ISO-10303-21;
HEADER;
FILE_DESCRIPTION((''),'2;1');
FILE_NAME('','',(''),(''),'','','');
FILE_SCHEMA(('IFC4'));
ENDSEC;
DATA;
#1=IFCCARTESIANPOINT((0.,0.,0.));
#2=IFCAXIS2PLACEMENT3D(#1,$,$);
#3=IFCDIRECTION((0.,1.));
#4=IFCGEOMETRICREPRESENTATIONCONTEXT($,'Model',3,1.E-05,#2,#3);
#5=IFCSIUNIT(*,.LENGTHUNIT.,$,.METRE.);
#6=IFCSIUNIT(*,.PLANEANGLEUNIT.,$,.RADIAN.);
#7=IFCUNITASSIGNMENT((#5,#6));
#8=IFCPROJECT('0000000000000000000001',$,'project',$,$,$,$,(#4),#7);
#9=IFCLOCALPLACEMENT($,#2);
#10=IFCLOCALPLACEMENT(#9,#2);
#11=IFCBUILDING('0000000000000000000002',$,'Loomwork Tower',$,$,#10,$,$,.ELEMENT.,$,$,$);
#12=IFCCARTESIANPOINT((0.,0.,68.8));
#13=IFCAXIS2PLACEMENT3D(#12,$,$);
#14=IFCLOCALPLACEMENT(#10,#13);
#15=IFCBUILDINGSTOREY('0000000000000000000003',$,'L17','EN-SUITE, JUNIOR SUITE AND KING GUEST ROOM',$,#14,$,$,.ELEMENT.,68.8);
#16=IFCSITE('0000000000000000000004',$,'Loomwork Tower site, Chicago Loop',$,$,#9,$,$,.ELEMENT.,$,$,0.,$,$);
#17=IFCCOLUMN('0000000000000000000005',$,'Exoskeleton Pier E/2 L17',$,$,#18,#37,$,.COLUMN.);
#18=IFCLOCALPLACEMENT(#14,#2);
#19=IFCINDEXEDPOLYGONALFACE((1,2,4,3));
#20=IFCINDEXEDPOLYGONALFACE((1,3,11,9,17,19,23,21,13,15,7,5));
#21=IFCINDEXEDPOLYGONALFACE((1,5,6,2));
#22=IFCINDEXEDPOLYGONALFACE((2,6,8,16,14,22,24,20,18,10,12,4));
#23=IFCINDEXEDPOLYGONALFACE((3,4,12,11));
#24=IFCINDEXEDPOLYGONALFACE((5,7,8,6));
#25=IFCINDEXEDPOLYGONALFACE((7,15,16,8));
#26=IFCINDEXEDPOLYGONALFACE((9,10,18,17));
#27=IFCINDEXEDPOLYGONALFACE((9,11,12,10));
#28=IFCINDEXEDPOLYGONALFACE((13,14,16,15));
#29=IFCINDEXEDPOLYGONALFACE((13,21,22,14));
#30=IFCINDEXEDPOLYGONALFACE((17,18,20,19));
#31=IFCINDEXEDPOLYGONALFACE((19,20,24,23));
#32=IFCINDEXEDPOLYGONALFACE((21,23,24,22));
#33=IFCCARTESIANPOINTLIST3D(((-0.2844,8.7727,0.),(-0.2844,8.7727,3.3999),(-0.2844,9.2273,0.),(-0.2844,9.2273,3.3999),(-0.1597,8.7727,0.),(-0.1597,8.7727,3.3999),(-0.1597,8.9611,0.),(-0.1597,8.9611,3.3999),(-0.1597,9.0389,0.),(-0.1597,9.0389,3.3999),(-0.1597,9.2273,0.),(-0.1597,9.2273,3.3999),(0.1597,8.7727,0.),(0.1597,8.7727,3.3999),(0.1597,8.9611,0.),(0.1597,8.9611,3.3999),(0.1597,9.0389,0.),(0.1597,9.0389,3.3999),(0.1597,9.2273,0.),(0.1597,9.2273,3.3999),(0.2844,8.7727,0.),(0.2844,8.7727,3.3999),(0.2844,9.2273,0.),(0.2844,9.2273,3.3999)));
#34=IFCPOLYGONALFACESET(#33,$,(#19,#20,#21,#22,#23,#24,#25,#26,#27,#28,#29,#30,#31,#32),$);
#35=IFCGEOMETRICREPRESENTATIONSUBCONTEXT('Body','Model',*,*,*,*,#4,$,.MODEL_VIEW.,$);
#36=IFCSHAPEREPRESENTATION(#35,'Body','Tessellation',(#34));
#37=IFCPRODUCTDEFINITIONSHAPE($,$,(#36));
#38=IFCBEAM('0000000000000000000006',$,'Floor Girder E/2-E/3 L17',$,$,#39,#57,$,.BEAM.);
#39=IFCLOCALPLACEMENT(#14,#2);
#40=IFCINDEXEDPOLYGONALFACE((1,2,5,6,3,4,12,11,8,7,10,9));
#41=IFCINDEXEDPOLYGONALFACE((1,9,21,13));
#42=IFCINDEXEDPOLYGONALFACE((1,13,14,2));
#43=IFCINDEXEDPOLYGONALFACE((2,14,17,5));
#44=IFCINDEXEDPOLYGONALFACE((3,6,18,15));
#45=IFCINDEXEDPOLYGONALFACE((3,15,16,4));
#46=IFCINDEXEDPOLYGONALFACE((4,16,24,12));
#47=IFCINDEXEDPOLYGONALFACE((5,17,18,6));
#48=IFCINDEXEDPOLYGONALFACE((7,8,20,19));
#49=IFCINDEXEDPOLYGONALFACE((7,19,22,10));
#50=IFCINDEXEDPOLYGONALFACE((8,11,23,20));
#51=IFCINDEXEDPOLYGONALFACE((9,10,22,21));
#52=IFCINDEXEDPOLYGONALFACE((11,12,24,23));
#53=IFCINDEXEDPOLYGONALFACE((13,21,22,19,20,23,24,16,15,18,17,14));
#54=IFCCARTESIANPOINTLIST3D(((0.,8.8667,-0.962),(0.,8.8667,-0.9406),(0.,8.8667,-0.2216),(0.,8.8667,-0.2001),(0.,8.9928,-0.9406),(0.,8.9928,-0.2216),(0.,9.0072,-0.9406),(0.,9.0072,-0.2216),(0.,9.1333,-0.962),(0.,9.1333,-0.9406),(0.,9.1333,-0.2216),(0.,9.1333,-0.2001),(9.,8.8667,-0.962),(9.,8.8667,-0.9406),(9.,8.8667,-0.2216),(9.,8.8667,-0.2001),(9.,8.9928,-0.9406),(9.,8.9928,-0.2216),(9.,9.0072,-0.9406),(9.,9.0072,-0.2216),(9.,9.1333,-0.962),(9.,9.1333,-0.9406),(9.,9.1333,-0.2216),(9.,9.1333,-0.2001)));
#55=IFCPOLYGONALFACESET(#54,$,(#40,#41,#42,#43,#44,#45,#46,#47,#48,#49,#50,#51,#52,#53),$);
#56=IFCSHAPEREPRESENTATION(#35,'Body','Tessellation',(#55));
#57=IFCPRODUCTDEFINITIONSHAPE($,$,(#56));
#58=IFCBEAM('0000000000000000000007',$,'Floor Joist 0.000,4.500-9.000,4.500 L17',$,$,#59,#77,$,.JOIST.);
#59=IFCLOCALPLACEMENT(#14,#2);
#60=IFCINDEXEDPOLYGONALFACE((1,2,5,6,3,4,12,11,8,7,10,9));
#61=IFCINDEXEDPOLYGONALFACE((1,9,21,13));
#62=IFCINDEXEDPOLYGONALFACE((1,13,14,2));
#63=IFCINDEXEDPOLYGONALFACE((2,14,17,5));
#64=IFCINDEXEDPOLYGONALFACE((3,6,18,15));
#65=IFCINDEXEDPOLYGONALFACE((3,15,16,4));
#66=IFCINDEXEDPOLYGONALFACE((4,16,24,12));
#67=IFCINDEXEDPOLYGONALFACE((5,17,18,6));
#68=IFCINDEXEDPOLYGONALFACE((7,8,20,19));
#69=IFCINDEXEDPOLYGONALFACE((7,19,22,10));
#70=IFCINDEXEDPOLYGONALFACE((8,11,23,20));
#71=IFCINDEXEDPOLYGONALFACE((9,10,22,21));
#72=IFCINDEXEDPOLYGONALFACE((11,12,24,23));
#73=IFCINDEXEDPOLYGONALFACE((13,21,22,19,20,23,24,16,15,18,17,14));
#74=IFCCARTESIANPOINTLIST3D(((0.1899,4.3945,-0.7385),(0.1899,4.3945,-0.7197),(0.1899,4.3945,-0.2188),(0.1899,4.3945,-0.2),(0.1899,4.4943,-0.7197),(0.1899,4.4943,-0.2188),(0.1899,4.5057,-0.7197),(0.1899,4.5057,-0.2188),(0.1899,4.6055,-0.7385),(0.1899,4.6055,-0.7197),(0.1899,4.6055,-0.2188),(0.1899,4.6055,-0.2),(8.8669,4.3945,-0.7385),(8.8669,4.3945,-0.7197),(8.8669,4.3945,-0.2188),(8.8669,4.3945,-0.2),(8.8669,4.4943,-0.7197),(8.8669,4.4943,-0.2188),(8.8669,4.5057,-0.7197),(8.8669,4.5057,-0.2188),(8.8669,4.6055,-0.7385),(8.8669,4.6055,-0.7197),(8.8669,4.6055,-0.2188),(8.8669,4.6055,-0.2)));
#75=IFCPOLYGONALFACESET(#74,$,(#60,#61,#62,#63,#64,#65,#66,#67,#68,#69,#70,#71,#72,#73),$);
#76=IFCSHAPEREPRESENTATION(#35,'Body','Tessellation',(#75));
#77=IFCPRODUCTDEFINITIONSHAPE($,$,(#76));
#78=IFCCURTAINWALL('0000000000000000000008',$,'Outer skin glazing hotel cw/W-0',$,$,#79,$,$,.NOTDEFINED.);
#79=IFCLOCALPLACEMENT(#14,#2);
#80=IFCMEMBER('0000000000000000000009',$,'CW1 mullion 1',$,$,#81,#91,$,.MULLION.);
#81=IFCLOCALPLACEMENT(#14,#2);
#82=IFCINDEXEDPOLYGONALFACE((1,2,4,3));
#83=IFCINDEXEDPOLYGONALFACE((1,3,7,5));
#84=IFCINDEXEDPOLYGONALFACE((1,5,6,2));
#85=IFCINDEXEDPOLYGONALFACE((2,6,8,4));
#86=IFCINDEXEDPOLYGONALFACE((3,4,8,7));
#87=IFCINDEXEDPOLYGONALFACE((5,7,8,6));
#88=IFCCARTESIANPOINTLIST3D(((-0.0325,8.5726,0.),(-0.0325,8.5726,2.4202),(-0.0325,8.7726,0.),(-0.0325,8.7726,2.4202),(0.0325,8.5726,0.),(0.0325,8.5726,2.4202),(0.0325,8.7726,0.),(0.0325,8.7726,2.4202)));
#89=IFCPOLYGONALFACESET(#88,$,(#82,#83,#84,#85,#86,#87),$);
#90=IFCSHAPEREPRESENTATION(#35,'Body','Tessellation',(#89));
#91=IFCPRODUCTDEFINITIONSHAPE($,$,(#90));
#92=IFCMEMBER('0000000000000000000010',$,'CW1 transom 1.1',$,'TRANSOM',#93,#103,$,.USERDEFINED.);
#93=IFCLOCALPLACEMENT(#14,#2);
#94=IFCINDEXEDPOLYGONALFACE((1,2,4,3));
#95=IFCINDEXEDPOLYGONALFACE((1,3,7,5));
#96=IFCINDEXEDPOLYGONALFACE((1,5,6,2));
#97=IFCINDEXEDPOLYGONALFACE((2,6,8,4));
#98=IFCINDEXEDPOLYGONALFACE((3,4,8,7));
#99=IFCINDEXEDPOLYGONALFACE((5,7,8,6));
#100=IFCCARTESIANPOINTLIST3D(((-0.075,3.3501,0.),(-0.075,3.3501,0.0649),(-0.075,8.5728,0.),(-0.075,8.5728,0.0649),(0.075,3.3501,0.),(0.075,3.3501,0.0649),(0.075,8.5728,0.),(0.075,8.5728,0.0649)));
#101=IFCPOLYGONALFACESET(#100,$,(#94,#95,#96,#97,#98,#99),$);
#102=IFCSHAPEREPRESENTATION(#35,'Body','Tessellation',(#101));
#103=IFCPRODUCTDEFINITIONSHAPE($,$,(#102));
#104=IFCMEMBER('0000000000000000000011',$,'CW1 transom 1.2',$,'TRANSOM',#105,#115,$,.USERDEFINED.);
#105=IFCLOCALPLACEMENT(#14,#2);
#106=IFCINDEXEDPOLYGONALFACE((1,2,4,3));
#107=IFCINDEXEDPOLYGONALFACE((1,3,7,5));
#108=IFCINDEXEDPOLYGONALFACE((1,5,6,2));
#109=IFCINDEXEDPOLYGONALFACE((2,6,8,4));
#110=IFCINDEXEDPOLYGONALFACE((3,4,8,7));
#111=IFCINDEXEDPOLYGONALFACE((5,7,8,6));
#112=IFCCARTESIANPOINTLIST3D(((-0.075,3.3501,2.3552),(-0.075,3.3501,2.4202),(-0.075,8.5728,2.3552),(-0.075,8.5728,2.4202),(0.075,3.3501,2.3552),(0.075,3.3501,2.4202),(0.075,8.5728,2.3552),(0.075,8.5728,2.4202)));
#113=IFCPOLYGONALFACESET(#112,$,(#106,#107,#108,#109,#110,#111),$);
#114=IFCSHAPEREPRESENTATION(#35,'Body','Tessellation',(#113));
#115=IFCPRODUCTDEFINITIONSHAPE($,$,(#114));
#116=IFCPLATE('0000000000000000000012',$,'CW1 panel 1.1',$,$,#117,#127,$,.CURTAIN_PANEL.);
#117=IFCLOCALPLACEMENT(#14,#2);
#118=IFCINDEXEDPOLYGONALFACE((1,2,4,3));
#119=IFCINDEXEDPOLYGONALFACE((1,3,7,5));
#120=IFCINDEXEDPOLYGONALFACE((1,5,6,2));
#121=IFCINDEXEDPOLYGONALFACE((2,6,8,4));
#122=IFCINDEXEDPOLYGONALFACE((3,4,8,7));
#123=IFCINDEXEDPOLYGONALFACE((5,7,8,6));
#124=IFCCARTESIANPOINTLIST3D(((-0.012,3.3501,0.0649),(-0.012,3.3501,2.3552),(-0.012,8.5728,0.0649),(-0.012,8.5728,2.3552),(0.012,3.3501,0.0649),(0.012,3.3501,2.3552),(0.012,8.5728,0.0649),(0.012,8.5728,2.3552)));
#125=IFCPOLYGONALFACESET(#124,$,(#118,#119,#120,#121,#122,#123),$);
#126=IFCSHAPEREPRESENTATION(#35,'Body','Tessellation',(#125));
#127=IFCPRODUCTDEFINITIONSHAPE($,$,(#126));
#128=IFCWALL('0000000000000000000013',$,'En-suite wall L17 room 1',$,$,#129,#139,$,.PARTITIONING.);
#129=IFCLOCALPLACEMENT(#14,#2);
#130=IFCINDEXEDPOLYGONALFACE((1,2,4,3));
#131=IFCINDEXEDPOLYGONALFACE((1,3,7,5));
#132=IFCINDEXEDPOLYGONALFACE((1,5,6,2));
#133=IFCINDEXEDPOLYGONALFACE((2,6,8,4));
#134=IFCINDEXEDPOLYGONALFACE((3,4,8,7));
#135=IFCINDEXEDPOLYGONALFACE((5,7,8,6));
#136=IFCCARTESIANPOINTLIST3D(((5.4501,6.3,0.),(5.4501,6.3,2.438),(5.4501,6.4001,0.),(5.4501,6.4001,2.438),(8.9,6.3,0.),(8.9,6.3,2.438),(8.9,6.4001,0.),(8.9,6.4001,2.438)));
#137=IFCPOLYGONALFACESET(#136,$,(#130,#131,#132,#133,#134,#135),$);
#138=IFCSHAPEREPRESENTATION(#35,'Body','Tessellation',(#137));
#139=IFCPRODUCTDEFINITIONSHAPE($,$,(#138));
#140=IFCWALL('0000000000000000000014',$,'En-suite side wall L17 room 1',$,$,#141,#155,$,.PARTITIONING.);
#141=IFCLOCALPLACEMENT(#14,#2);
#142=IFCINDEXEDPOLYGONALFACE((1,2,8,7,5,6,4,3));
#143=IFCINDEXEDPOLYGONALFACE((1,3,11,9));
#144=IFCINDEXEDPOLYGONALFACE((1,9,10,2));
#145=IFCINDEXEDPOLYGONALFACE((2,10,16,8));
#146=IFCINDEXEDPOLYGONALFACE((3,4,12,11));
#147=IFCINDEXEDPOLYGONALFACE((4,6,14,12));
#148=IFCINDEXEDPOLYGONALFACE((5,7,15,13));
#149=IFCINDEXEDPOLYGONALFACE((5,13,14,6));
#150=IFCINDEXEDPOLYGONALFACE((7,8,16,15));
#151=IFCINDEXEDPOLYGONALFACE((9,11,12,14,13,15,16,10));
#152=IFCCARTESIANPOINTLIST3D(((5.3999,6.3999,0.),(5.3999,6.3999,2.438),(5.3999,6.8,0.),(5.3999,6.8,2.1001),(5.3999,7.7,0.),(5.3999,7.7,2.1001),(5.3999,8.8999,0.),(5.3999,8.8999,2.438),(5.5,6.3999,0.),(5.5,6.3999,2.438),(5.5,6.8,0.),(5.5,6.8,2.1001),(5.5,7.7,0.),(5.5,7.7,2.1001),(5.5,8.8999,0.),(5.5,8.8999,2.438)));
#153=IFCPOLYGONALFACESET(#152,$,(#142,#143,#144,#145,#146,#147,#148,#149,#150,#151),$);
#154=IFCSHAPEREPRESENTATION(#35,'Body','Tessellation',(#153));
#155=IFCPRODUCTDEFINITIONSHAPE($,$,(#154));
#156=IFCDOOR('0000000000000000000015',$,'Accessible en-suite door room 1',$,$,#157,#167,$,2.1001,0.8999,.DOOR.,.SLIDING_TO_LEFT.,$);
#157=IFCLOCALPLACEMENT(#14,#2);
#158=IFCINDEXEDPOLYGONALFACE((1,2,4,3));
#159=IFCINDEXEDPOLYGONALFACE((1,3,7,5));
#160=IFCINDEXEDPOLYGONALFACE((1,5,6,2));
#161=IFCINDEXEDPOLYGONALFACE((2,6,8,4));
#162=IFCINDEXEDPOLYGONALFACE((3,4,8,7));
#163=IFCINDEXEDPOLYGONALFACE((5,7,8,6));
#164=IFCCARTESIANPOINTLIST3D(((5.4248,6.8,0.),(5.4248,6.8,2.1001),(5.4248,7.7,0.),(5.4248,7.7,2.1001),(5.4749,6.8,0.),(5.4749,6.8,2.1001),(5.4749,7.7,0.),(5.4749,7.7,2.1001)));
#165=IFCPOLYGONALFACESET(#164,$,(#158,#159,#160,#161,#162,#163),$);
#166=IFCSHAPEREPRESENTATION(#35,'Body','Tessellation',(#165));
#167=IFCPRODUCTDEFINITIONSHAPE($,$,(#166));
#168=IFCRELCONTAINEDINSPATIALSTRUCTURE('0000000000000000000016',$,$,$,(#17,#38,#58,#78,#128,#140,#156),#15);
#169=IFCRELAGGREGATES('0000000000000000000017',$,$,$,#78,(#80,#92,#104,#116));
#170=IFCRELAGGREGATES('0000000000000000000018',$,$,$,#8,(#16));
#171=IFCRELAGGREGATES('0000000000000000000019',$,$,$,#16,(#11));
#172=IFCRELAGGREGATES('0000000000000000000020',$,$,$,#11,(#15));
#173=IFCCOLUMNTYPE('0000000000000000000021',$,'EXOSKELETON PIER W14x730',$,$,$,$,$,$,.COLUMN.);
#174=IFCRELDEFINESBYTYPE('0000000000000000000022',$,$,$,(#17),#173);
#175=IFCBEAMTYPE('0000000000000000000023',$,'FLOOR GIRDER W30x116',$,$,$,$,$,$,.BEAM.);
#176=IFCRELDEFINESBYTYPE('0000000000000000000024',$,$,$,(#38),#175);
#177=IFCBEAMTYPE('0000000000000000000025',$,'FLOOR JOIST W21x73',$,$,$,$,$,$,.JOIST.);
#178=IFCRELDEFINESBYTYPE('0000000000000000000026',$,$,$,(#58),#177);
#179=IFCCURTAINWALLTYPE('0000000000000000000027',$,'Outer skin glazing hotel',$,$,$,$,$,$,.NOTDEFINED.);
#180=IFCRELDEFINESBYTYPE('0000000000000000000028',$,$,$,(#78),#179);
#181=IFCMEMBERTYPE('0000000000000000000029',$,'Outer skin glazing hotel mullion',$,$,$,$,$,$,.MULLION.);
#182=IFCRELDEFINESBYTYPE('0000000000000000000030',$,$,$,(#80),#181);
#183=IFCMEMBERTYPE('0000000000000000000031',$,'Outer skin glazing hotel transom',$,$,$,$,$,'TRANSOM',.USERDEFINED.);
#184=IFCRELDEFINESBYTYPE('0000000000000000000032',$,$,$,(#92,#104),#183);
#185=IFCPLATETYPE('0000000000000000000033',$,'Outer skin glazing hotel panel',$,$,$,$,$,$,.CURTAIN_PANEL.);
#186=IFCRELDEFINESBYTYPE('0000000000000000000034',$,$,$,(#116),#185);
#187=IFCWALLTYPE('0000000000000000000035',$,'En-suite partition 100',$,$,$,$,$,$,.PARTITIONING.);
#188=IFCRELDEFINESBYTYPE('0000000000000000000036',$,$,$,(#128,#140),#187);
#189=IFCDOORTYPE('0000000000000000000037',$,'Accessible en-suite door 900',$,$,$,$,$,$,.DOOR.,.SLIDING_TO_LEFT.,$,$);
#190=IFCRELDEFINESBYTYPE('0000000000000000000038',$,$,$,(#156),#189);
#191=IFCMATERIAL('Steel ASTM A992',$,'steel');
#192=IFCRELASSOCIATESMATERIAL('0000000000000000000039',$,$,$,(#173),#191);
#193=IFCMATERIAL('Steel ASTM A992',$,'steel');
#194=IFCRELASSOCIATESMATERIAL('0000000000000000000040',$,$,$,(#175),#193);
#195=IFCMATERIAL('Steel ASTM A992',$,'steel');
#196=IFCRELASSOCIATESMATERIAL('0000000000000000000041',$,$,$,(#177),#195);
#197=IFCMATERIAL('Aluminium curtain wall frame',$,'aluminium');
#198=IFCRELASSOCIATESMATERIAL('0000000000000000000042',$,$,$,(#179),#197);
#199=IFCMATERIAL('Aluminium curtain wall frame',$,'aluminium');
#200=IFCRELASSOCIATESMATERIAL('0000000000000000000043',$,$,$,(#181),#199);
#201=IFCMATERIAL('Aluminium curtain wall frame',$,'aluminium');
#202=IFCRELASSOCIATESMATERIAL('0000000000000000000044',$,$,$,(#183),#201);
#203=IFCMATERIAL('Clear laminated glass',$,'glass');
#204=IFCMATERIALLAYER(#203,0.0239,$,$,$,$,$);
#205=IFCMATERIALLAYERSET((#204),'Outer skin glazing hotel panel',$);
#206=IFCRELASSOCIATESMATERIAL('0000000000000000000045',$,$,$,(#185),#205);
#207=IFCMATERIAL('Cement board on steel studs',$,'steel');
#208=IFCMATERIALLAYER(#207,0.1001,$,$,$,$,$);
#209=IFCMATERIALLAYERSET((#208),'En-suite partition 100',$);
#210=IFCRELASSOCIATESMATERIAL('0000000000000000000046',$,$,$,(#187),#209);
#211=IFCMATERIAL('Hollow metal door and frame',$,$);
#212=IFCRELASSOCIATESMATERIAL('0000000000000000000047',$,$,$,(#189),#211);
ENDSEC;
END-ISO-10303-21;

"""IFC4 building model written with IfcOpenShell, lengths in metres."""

from ifc_helpers import new_model, si_unit, direction, frame, frame_2d, origin, origin_2d, place, context, subcontext, project, spatial, rectangle, i_section, extrude, material, layer, layer_set, material_profile, profile_set, type_object, element, fill, aggregate, save


model = new_model("IFC4")

# Units and contexts
model_context = context("Model", 3, precision=1e-05, world=origin(), true_north=direction((0.0, 1.0)))
body_context = subcontext(model_context, "Body", "Model", "MODEL_VIEW")
ifc_project = project(units=[si_unit("LENGTHUNIT", "METRE"), si_unit("PLANEANGLEUNIT", "RADIAN")], contexts=[model_context])

# Site, building, storey
site_placement = place(None, origin())
site = spatial("IfcSite", under=ifc_project, at=site_placement, Name="Loomwork Tower site, Chicago Loop", CompositionType="ELEMENT", RefElevation=0.0)
building_placement = place(site_placement, origin())
building = spatial("IfcBuilding", under=site, at=building_placement, Name="Loomwork Tower", CompositionType="ELEMENT")
storey_placement = place(building_placement, frame((0.0, 0.0, 68.8)))
storey = spatial("IfcBuildingStorey", under=building, at=storey_placement, Name="L17", Description="EN-SUITE, JUNIOR SUITE AND KING GUEST ROOM", CompositionType="ELEMENT", Elevation=68.8)

# Column
ifc_material_1 = material(Name="Steel ASTM A992", Category="steel")
ifc_material_profile_1 = material_profile(ifc_material_1, i_section(OverallWidth=0.4546, OverallDepth=0.5688, WebThickness=0.0779, FlangeThickness=0.1248, at=origin_2d()), Name="W14x730")
ifc_profile_set_1 = profile_set([ifc_material_profile_1], Name="Steel ASTM A992")
column_type = type_object("IfcColumnType", Name="EXOSKELETON PIER W14x730", PredefinedType="COLUMN", material=ifc_profile_set_1)
column_placement = place(storey_placement, frame((0.0, 9.0, 0.0), z_axis=(0.0, 0.0, 1.0), x_axis=(0.0, 1.0, 0.0)))
element("IfcColumn", 1, at=column_placement, inside=storey, type_object=column_type, Name="Exoskeleton Pier E/2 L17", PredefinedType="COLUMN", context=body_context, shape_type="SweptSolid", body=[
    extrude(i_section(OverallWidth=0.4546, OverallDepth=0.5688, WebThickness=0.0779, FlangeThickness=0.1248, at=origin_2d()), origin(), (0.0, 0.0, 1.0), 3.3999),
])

# Beams
ifc_material_2 = material(Name="Steel ASTM A992", Category="steel")
ifc_material_profile_2 = material_profile(ifc_material_2, i_section(OverallWidth=0.2666, OverallDepth=0.762, WebThickness=0.0144, FlangeThickness=0.0215, at=origin_2d()), Name="W30x116")
ifc_profile_set_2 = profile_set([ifc_material_profile_2], Name="Steel ASTM A992")
beam_type_1 = type_object("IfcBeamType", Name="FLOOR GIRDER W30x116", PredefinedType="BEAM", material=ifc_profile_set_2)
beam_1_placement = place(storey_placement, frame((0.0, 9.0, -0.5811), z_axis=(1.0, 0.0, 0.0), x_axis=(0.0, 1.0, 0.0)))
element("IfcBeam", 2, at=beam_1_placement, inside=storey, type_object=beam_type_1, Name="Floor Girder E/2-E/3 L17", PredefinedType="BEAM", context=body_context, shape_type="SweptSolid", body=[
    extrude(i_section(OverallWidth=0.2666, OverallDepth=0.762, WebThickness=0.0144, FlangeThickness=0.0215, at=origin_2d()), origin(), (0.0, 0.0, 1.0), 9.0),
])
ifc_material_3 = material(Name="Steel ASTM A992", Category="steel")
ifc_material_profile_3 = material_profile(ifc_material_3, i_section(OverallWidth=0.2109, OverallDepth=0.5386, WebThickness=0.0115, FlangeThickness=0.0188, at=origin_2d()), Name="W21x73")
ifc_profile_set_3 = profile_set([ifc_material_profile_3], Name="Steel ASTM A992")
beam_type_2 = type_object("IfcBeamType", Name="FLOOR JOIST W21x73", PredefinedType="JOIST", material=ifc_profile_set_3)
beam_2_placement = place(storey_placement, frame((0.1899, 4.5, -0.4692), z_axis=(1.0, 0.0, 0.0), x_axis=(0.0, 1.0, 0.0)))
element("IfcBeam", 3, at=beam_2_placement, inside=storey, type_object=beam_type_2, Name="Floor Joist 0.000,4.500-9.000,4.500 L17", PredefinedType="JOIST", context=body_context, shape_type="SweptSolid", body=[
    extrude(i_section(OverallWidth=0.2109, OverallDepth=0.5386, WebThickness=0.0115, FlangeThickness=0.0188, at=origin_2d()), origin(), (0.0, 0.0, 1.0), 8.677),
])

# Curtain wall, members, plate
ifc_material_4 = material(Name="Aluminium curtain wall frame", Category="aluminium")
curtain_wall_type = type_object("IfcCurtainWallType", Name="Outer skin glazing hotel", PredefinedType="NOTDEFINED", material=ifc_material_4)
curtain_wall_placement = place(storey_placement, origin())
curtain_wall = element("IfcCurtainWall", 4, at=curtain_wall_placement, inside=storey, type_object=curtain_wall_type, Name="Outer skin glazing hotel cw/W-0", PredefinedType="NOTDEFINED")
ifc_material_5 = material(Name="Aluminium curtain wall frame", Category="aluminium")
ifc_material_profile_4 = material_profile(ifc_material_5, rectangle(XDim=0.0649, YDim=0.2, at=origin_2d()), Name="AL 65x200")
ifc_profile_set_4 = profile_set([ifc_material_profile_4], Name="Aluminium curtain wall frame")
member_type_1 = type_object("IfcMemberType", Name="Outer skin glazing hotel mullion", PredefinedType="MULLION", material=ifc_profile_set_4)
member_1_placement = place(storey_placement, frame((0.0, 8.6726, 0.0), z_axis=(0.0, 0.0, 1.0), x_axis=(1.0, 0.0, 0.0)))
member_1 = element("IfcMember", 5, at=member_1_placement, type_object=member_type_1, Name="CW1 mullion 1", PredefinedType="MULLION", context=body_context, shape_type="SweptSolid", body=[
    extrude(rectangle(XDim=0.0649, YDim=0.2, at=origin_2d()), origin(), (0.0, 0.0, 1.0), 2.4202),
])
ifc_material_6 = material(Name="Aluminium curtain wall frame", Category="aluminium")
ifc_material_profile_5 = material_profile(ifc_material_6, rectangle(XDim=0.1499, YDim=0.0649, at=origin_2d()), Name="AL 65x150")
ifc_profile_set_5 = profile_set([ifc_material_profile_5], Name="Aluminium curtain wall frame")
member_type_2 = type_object("IfcMemberType", Name="Outer skin glazing hotel transom", ElementType="TRANSOM", PredefinedType="USERDEFINED", material=ifc_profile_set_5)
member_2_placement = place(storey_placement, frame((0.0, 8.5728, 0.0325), z_axis=(0.0, -1.0, 0.0), x_axis=(1.0, 0.0, 0.0)))
member_2 = element("IfcMember", 6, at=member_2_placement, type_object=member_type_2, Name="CW1 transom 1.1", ObjectType="TRANSOM", PredefinedType="USERDEFINED", context=body_context, shape_type="SweptSolid", body=[
    extrude(rectangle(XDim=0.1499, YDim=0.0649, at=origin_2d()), origin(), (0.0, 0.0, 1.0), 5.2227),
])
member_3_placement = place(storey_placement, frame((0.0, 8.5728, 2.3877), z_axis=(0.0, -1.0, 0.0), x_axis=(1.0, 0.0, 0.0)))
member_3 = element("IfcMember", 7, at=member_3_placement, type_object=member_type_2, Name="CW1 transom 1.2", ObjectType="TRANSOM", PredefinedType="USERDEFINED", context=body_context, shape_type="SweptSolid", body=[
    extrude(rectangle(XDim=0.1499, YDim=0.0649, at=origin_2d()), origin(), (0.0, 0.0, 1.0), 5.2227),
])
ifc_material_7 = material(Name="Clear laminated glass", Category="glass")
ifc_layer_1 = layer(ifc_material_7, 0.0239)
ifc_layer_set_1 = layer_set([ifc_layer_1], Name="Outer skin glazing hotel panel")
plate_type = type_object("IfcPlateType", Name="Outer skin glazing hotel panel", PredefinedType="CURTAIN_PANEL", material=ifc_layer_set_1)
plate_placement = place(storey_placement, frame((0.0, 5.9614, 0.0649), z_axis=(0.0, 0.0, 1.0), x_axis=(0.0, -1.0, 0.0)))
plate = element("IfcPlate", 8, at=plate_placement, type_object=plate_type, Name="CW1 panel 1.1", PredefinedType="CURTAIN_PANEL", context=body_context, shape_type="SweptSolid", body=[
    extrude(rectangle(XDim=5.2227, YDim=0.0239, at=origin_2d()), origin(), (0.0, 0.0, 1.0), 2.2903),
])
aggregate(curtain_wall, [member_1, member_2, member_3, plate])

# Wall
ifc_material_8 = material(Name="Cement board on steel studs", Category="steel")
ifc_layer_2 = layer(ifc_material_8, 0.1001)
ifc_layer_set_2 = layer_set([ifc_layer_2], Name="En-suite partition 100")
wall_type_1 = type_object("IfcWallType", Name="En-suite partition 100", PredefinedType="PARTITIONING", material=ifc_layer_set_2)
wall_1_placement = place(storey_placement, frame((5.45, 6.3501, 0.0), z_axis=(0.0, 0.0, 1.0), x_axis=(1.0, 0.0, 0.0)))
element("IfcWall", 9, at=wall_1_placement, inside=storey, type_object=wall_type_1, Name="En-suite wall L17 room 1", PredefinedType="PARTITIONING", context=body_context, shape_type="SweptSolid", body=[
    extrude(rectangle(XDim=3.45, YDim=0.1001, at=frame_2d((1.7251, 0.0))), origin(), (0.0, 0.0, 1.0), 2.438),
])

# Wall, opening, door
wall_2_placement = place(storey_placement, frame((5.45, 8.8999, 0.0), z_axis=(0.0, 0.0, 1.0), x_axis=(0.0, -1.0, 0.0)))
wall_2 = element("IfcWall", 10, at=wall_2_placement, inside=storey, type_object=wall_type_1, Name="En-suite side wall L17 room 1", PredefinedType="PARTITIONING", context=body_context, shape_type="SweptSolid", body=[
    extrude(rectangle(XDim=2.5, YDim=0.1001, at=frame_2d((1.25, 0.0))), origin(), (0.0, 0.0, 1.0), 2.438),
])
opening_placement = place(wall_2_placement, frame((1.2, 0.0, 0.0)))
opening = element("IfcOpeningElement", 11, at=opening_placement, cuts=wall_2, PredefinedType="OPENING", context=body_context, shape_type="SweptSolid", body=[
    extrude(rectangle(XDim=0.8999, YDim=2.1001, at=frame_2d((0.45, 1.05))), frame((0.0, 0.0601, 0.0), z_axis=(0.0, -1.0, 0.0), x_axis=(1.0, 0.0, 0.0)), (0.0, 0.0, 1.0), 0.1201),
])
ifc_material_9 = material(Name="Hollow metal door and frame")
door_type = type_object("IfcDoorType", Name="Accessible en-suite door 900", OperationType="SLIDING_TO_LEFT", PredefinedType="DOOR", material=ifc_material_9)
door_placement = place(opening_placement, origin())
door = element("IfcDoor", 12, at=door_placement, inside=storey, type_object=door_type, Name="Accessible en-suite door room 1", OperationType="SLIDING_TO_LEFT", OverallHeight=2.1001, OverallWidth=0.8999, PredefinedType="DOOR", context=body_context, shape_type="SweptSolid", body=[
    extrude(rectangle(XDim=0.8999, YDim=2.1001, at=frame_2d((0.45, 1.05))), frame((0.0, 0.0249, 0.0), z_axis=(0.0, -1.0, 0.0), x_axis=(1.0, 0.0, 0.0)), (0.0, 0.0, 1.0), 0.05),
])
fill(opening, door)

save(model, "model.ifc")
